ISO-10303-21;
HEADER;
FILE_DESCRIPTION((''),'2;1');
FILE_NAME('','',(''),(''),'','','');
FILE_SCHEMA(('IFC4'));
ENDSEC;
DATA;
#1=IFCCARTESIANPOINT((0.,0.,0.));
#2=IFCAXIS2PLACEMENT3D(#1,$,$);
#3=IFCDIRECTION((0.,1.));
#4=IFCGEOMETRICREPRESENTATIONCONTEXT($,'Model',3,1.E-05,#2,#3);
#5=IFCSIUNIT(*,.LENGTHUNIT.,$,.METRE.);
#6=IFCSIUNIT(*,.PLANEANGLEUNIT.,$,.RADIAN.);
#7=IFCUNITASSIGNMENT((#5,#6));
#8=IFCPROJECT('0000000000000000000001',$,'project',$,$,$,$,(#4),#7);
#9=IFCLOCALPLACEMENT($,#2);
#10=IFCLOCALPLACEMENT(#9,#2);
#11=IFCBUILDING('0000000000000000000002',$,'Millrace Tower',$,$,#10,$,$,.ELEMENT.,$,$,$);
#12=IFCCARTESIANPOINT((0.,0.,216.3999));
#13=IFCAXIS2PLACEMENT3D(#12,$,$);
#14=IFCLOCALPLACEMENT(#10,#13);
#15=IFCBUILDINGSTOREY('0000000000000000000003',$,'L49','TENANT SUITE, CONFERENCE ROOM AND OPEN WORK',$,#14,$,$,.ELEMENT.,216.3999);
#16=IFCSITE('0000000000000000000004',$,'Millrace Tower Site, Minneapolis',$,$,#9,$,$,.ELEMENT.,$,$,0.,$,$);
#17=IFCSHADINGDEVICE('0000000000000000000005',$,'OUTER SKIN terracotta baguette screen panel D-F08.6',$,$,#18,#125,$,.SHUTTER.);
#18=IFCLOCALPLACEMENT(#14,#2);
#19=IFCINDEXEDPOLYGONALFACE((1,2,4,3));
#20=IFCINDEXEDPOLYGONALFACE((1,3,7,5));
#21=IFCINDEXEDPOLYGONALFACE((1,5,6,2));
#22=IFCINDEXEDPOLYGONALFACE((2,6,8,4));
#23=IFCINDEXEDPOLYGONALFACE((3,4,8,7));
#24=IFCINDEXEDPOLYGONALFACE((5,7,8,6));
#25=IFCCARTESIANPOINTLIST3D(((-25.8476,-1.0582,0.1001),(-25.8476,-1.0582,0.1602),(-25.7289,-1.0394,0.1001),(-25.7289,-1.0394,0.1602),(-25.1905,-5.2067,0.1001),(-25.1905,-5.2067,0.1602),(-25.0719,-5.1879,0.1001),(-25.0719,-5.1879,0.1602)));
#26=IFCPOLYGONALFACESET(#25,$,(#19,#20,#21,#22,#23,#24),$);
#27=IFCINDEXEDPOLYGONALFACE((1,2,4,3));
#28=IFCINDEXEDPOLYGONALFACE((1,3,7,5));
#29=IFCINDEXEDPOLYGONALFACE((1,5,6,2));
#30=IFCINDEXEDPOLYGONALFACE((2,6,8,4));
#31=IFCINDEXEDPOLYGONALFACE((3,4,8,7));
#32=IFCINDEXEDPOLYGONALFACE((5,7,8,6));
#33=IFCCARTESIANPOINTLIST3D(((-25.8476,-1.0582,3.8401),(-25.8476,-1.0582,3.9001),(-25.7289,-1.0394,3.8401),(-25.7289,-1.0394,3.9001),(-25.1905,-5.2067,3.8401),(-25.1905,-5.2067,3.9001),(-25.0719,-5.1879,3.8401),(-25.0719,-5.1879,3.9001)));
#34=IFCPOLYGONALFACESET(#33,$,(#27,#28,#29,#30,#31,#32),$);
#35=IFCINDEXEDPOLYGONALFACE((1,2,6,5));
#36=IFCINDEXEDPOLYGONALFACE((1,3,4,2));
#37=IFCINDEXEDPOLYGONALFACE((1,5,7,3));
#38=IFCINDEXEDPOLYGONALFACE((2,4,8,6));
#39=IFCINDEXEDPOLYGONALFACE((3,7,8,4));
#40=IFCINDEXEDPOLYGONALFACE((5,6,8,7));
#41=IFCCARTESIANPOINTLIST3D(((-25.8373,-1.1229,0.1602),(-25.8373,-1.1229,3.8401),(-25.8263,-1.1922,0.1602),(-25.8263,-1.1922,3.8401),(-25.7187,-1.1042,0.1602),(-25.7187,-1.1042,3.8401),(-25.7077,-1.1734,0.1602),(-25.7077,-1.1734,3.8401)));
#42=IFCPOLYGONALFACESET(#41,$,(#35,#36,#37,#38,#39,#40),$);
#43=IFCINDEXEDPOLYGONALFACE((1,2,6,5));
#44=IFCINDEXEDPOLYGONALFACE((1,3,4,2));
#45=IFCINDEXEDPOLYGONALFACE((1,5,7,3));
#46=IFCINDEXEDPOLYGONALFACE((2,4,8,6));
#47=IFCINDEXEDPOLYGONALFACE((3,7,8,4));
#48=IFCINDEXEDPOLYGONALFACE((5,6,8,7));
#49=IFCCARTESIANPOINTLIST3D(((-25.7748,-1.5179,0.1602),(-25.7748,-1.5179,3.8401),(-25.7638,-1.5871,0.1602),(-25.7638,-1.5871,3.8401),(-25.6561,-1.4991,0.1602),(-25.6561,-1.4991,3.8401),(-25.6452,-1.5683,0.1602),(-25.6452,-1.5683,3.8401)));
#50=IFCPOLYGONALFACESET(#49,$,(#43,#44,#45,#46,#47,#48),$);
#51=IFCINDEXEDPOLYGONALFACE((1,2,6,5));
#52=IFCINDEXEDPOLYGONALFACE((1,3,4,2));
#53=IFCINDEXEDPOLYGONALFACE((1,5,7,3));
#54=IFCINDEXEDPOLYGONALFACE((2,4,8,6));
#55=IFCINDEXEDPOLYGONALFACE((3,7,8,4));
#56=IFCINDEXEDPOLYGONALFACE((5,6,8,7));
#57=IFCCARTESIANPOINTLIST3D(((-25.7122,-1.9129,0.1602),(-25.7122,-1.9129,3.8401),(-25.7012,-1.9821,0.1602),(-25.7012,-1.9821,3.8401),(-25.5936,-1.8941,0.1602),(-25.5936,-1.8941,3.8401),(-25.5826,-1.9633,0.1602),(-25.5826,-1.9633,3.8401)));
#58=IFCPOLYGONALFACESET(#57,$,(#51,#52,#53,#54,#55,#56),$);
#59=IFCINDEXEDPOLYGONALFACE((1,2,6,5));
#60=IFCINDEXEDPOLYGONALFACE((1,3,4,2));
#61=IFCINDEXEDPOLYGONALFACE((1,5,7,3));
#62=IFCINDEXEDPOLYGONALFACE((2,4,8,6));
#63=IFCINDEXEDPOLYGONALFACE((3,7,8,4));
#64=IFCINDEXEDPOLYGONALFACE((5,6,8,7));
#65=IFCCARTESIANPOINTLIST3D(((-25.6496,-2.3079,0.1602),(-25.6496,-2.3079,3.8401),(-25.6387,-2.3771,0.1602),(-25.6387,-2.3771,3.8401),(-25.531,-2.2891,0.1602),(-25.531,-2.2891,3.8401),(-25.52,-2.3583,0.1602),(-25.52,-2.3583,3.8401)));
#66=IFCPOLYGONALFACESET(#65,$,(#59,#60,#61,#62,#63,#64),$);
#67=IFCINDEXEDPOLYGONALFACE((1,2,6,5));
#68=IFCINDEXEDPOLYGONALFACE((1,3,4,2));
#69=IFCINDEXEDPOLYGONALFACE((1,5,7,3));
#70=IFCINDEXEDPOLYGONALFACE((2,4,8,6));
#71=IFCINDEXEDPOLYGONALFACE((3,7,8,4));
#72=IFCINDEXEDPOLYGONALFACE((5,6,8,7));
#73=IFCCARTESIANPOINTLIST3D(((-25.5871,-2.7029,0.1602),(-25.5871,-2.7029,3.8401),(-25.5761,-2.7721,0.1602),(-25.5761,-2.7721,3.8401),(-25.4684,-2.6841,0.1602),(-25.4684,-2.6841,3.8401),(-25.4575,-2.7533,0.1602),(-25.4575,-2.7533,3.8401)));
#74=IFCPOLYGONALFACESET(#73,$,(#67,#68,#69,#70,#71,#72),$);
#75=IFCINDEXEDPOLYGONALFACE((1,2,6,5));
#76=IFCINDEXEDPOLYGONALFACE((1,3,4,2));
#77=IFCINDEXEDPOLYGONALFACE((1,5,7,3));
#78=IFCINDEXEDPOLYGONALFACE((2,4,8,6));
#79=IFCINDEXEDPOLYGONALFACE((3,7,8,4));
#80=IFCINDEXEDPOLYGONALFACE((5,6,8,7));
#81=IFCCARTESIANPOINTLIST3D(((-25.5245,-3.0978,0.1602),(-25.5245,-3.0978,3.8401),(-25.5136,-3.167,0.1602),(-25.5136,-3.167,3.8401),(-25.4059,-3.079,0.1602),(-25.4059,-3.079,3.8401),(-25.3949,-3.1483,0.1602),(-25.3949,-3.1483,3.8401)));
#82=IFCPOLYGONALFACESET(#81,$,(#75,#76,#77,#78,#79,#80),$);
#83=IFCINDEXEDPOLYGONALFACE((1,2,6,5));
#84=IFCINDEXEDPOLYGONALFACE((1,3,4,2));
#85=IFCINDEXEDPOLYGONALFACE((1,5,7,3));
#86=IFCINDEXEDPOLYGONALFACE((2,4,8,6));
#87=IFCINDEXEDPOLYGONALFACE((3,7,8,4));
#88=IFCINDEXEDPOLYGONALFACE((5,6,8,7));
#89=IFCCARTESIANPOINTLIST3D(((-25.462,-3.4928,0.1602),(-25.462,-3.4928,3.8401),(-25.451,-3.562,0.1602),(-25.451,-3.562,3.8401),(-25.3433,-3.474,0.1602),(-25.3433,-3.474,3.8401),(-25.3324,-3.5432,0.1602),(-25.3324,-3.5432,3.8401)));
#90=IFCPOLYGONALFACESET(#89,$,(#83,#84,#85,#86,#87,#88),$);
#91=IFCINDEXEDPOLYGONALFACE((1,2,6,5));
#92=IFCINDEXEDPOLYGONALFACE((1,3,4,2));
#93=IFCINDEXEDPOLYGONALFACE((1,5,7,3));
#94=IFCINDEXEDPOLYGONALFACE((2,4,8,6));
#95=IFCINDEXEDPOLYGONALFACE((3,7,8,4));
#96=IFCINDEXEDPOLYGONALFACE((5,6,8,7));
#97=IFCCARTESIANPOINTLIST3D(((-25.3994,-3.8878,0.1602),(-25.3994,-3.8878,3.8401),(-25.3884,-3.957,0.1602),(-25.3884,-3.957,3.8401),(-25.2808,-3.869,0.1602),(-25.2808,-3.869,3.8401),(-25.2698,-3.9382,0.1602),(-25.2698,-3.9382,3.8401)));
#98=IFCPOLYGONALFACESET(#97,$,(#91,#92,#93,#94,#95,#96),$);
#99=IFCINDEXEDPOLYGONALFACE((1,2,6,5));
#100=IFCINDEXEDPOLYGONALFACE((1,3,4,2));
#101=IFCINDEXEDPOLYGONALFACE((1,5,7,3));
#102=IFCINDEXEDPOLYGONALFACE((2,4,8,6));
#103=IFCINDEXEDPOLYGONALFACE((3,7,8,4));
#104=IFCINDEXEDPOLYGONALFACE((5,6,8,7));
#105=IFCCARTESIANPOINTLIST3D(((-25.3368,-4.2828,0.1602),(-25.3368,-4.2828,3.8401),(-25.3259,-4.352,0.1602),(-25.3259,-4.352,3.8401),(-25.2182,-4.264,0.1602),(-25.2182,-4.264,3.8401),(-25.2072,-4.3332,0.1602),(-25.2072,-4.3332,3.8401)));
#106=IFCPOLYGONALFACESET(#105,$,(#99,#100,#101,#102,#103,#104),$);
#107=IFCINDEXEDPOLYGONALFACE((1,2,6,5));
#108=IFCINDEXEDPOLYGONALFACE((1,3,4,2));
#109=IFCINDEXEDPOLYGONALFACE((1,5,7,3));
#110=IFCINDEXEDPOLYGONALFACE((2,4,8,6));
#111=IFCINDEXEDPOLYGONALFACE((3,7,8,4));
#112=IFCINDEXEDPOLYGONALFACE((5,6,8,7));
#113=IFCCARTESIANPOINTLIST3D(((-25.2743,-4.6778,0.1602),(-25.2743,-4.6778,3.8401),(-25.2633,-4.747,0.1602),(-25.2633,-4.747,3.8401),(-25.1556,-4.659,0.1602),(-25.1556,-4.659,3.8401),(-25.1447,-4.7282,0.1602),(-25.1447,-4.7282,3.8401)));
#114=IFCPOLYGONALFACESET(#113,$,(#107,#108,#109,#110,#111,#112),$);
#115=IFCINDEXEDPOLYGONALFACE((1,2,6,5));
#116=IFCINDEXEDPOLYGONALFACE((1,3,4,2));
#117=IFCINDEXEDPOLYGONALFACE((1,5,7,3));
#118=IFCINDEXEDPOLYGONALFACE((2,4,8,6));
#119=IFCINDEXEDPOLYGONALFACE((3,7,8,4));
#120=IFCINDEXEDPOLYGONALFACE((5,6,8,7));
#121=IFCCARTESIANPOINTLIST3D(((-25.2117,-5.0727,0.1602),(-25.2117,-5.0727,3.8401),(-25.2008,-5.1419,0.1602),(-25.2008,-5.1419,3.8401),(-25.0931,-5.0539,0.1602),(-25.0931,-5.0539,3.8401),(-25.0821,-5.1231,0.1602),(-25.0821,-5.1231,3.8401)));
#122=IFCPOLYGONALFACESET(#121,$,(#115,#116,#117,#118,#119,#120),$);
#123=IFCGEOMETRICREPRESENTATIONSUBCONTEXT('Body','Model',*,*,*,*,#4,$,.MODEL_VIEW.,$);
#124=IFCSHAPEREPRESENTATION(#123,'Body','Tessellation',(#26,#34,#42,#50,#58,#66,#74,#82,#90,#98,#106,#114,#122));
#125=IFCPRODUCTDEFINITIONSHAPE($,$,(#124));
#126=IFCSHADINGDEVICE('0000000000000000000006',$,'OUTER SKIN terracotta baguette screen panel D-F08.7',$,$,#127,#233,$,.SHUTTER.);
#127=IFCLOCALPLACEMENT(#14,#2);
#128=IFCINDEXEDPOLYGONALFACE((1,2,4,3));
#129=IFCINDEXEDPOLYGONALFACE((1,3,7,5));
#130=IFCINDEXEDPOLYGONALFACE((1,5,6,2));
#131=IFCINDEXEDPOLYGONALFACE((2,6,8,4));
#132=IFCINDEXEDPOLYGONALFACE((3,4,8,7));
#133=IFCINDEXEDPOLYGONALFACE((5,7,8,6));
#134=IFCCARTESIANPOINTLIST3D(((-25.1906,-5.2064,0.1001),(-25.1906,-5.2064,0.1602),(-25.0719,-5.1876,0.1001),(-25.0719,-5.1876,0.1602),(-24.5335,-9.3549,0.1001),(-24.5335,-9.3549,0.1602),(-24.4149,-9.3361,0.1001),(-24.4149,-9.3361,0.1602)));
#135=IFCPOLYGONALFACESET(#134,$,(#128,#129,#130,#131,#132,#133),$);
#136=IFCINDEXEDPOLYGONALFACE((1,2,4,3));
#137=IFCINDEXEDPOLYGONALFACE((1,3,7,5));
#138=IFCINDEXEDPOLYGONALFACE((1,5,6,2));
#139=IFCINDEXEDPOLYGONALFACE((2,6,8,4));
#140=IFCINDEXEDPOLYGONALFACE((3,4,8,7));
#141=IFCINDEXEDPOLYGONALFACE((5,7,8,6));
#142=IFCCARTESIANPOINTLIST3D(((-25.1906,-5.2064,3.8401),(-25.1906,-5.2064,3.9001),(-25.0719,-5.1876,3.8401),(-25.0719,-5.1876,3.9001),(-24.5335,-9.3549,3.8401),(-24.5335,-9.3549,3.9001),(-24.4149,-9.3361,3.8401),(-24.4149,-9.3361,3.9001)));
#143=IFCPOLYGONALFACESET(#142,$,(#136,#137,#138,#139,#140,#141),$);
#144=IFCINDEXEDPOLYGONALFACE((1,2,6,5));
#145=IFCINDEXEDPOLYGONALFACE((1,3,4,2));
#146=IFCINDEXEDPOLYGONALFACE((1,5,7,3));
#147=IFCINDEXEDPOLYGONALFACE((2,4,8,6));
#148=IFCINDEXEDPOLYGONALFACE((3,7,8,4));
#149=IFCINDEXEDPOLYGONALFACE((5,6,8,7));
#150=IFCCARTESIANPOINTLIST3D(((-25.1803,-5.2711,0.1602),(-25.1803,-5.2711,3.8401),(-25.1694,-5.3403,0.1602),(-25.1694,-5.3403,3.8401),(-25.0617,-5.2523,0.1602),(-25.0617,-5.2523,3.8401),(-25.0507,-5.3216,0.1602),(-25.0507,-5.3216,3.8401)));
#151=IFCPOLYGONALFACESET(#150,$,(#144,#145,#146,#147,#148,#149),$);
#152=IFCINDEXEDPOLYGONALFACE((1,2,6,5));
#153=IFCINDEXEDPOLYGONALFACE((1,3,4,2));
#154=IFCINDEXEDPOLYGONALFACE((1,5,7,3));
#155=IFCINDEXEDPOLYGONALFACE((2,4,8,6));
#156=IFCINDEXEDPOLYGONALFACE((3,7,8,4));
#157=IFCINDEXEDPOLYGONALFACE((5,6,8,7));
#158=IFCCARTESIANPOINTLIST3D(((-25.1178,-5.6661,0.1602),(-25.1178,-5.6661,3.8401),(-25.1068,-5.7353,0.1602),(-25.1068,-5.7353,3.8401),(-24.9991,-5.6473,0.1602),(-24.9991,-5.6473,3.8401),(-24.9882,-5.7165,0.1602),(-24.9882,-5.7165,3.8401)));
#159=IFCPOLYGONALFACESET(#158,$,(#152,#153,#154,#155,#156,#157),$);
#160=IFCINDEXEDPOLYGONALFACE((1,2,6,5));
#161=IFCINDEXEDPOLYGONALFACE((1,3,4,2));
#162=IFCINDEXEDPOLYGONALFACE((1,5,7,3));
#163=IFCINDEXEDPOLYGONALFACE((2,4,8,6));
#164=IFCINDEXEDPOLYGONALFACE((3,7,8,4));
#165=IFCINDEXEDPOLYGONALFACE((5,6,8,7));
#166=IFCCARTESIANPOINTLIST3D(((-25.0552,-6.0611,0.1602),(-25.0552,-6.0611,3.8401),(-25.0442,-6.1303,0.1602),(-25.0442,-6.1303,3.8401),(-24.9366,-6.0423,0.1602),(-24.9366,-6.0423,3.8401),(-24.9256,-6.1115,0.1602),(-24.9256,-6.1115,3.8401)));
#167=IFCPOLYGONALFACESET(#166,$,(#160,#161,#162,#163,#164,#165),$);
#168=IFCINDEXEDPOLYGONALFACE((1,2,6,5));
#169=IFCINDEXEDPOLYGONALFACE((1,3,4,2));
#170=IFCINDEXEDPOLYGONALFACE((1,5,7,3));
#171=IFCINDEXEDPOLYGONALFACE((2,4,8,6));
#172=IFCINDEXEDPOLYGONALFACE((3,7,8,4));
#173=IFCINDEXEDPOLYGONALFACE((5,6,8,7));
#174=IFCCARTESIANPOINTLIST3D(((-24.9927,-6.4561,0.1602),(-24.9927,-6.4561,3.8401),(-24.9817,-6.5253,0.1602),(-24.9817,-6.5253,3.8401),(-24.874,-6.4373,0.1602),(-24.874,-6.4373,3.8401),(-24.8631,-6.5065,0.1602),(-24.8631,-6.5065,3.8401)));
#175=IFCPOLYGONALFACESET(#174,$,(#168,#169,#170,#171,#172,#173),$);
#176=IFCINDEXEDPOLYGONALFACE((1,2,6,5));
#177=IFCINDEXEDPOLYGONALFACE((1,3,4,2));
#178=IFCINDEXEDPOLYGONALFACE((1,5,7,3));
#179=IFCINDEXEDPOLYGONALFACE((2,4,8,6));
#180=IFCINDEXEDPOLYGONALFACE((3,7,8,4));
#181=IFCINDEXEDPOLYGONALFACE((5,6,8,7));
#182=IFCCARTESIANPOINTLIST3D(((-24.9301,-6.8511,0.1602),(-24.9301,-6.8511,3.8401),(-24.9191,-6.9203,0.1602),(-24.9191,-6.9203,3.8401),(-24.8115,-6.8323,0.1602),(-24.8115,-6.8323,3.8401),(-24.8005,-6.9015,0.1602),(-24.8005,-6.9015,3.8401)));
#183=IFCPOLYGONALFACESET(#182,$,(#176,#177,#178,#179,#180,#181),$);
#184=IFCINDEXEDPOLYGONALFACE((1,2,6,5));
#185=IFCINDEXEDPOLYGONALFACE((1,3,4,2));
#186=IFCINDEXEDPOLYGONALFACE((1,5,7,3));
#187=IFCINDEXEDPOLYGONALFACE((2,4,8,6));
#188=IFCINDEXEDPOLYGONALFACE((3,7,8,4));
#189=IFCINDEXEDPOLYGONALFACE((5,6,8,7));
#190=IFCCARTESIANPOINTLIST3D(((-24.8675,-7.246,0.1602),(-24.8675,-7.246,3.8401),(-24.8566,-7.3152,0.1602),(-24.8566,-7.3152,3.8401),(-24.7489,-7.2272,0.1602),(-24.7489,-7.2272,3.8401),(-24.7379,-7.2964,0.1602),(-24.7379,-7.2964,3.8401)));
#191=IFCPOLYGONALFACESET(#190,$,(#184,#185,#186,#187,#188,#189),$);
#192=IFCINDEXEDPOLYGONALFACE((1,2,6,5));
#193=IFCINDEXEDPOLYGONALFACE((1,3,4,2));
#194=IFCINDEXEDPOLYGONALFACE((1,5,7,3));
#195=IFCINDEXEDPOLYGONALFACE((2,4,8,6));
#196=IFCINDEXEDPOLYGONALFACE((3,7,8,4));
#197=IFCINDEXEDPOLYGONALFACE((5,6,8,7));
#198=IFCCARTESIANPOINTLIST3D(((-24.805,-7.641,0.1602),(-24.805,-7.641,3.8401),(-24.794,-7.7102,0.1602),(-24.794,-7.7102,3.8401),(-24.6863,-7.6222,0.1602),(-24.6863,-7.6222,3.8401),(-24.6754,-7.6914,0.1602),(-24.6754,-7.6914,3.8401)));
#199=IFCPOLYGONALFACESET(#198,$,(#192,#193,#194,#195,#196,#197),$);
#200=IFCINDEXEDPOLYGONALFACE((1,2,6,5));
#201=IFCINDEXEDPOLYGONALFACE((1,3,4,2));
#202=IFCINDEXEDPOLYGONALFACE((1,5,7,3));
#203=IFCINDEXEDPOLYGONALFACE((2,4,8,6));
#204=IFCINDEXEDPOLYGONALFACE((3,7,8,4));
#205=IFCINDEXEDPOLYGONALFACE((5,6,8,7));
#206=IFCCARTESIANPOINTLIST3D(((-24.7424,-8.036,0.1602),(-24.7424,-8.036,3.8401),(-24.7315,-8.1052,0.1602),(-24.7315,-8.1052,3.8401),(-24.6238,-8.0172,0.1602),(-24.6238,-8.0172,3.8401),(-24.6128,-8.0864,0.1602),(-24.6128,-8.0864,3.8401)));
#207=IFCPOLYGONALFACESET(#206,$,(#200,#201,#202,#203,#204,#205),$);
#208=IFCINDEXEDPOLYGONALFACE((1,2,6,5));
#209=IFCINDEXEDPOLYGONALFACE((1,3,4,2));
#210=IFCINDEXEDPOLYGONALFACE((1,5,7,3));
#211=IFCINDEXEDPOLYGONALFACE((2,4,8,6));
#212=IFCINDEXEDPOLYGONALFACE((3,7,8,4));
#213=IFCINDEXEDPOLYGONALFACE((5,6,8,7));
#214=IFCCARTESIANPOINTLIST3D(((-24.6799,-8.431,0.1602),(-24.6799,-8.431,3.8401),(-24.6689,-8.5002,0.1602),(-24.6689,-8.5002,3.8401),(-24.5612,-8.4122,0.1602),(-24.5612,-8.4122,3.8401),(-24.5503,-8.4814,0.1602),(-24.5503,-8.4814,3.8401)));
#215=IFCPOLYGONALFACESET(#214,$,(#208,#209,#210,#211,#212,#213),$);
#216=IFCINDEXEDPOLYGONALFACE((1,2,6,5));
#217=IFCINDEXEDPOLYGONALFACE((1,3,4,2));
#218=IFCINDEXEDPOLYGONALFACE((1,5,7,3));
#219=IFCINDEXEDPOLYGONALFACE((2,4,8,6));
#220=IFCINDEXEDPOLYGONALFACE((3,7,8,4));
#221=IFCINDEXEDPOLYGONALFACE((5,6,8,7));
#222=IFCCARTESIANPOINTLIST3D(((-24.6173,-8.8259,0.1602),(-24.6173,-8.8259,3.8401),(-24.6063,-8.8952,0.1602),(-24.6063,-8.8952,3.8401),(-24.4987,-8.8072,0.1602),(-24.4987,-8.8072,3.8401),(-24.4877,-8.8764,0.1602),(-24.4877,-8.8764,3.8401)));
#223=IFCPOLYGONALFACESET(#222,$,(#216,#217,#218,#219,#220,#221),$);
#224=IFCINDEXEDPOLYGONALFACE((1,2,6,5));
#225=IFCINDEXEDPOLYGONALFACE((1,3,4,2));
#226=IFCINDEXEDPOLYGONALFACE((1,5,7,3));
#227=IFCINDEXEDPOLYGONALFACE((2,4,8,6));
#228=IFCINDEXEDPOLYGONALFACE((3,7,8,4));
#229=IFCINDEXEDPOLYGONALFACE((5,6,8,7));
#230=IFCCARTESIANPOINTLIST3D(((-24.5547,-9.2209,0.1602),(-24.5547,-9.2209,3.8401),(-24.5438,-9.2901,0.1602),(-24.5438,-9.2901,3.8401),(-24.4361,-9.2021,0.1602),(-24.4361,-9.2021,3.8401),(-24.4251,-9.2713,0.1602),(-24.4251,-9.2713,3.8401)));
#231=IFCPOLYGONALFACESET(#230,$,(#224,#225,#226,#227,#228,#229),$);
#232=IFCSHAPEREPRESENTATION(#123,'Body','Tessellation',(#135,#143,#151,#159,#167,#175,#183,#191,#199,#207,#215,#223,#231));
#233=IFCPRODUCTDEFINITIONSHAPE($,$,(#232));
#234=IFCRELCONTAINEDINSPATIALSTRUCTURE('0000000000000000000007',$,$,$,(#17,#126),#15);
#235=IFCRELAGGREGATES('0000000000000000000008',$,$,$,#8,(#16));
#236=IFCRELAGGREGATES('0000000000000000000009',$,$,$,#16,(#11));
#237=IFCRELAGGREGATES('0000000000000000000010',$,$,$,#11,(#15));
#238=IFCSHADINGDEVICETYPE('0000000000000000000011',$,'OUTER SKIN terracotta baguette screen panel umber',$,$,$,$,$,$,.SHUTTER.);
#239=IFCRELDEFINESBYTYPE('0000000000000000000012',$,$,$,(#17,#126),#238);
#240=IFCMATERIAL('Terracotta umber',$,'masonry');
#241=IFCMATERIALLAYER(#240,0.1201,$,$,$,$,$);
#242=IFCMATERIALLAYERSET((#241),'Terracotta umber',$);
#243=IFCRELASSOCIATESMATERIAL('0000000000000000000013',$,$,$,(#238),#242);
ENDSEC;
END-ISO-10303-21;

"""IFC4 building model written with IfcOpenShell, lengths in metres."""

from ifc_helpers import new_model, entity, si_unit, direction, frame, frame_2d, origin, origin_2d, place, context, subcontext, project, spatial, rectangle, extrude, source, transform, mapped, material, layer, layer_set, type_object, element, save


model = new_model("IFC4")

# Units and contexts
model_context = context("Model", 3, precision=1e-05, world=origin(), true_north=direction((0.0, 1.0)))
body_context = subcontext(model_context, "Body", "Model", "MODEL_VIEW")
ifc_project = project(units=[si_unit("LENGTHUNIT", "METRE"), si_unit("PLANEANGLEUNIT", "RADIAN")], contexts=[model_context])

# Site, building, storey
site_placement = place(None, origin())
site = spatial("IfcSite", under=ifc_project, at=site_placement, Name="Millrace Tower Site, Minneapolis", CompositionType="ELEMENT", RefElevation=0.0)
building_placement = place(site_placement, origin())
building = spatial("IfcBuilding", under=site, at=building_placement, Name="Millrace Tower", CompositionType="ELEMENT")
storey_placement = place(building_placement, frame((0.0, 0.0, 216.3999)))
storey = spatial("IfcBuildingStorey", under=building, at=storey_placement, Name="L49", Description="TENANT SUITE, CONFERENCE ROOM AND OPEN WORK", CompositionType="ELEMENT", Elevation=216.3999)

# Shading devices
ifc_material_1 = material(Name="Terracotta umber", Category="masonry")
ifc_layer_1 = layer(ifc_material_1, 0.1201)
ifc_layer_set_1 = layer_set([ifc_layer_1], Name="Terracotta umber")
shading_device_type = type_object("IfcShadingDeviceType", Name="OUTER SKIN terracotta baguette screen panel umber", PredefinedType="SHUTTER", material=ifc_layer_set_1)
cartesian_point = entity("IfcCartesianPoint", [-2.1001, 0.0601])
shared_polyline = entity("IfcPolyline", [cartesian_point, entity("IfcCartesianPoint", [2.1001, 0.0601]), entity("IfcCartesianPoint", [2.1001, -0.0601]), entity("IfcCartesianPoint", [-2.1001, -0.0601]), cartesian_point])
shared_shape = source(origin(), body_context, "Body", "SweptSolid", [
    entity("IfcExtrudedAreaSolid", entity("IfcArbitraryClosedProfileDef", "AREA", None, shared_polyline), entity("IfcAxis2Placement3D", entity("IfcCartesianPoint", [0.0, 0.0, 0.0])), entity("IfcDirection", [0.0, 0.0, 1.0]), 0.0601),
    entity("IfcExtrudedAreaSolid", entity("IfcArbitraryClosedProfileDef", "AREA", None, shared_polyline), entity("IfcAxis2Placement3D", entity("IfcCartesianPoint", [0.0, 0.0, 3.74])), entity("IfcDirection", [0.0, 0.0, 1.0]), 0.0601),
    extrude(rectangle(XDim=0.0701, YDim=0.1201, at=frame_2d((-1.9995, 0.0))), frame((0.0, 0.0, 0.0601)), (0.0, 0.0, 1.0), 3.6799),
    extrude(rectangle(XDim=0.0701, YDim=0.1201, at=frame_2d((-1.5996, 0.0))), frame((0.0, 0.0, 0.0601)), (0.0, 0.0, 1.0), 3.6799),
    extrude(rectangle(XDim=0.0701, YDim=0.1201, at=frame_2d((-1.1997, 0.0))), frame((0.0, 0.0, 0.0601)), (0.0, 0.0, 1.0), 3.6799),
    extrude(rectangle(XDim=0.0701, YDim=0.1201, at=frame_2d((-0.7998, 0.0))), frame((0.0, 0.0, 0.0601)), (0.0, 0.0, 1.0), 3.6799),
    extrude(rectangle(XDim=0.0701, YDim=0.1201, at=frame_2d((-0.3999, 0.0))), frame((0.0, 0.0, 0.0601)), (0.0, 0.0, 1.0), 3.6799),
    extrude(rectangle(XDim=0.0701, YDim=0.1201, at=origin_2d()), frame((0.0, 0.0, 0.0601)), (0.0, 0.0, 1.0), 3.6799),
    extrude(rectangle(XDim=0.0701, YDim=0.1201, at=frame_2d((0.3999, 0.0))), frame((0.0, 0.0, 0.0601)), (0.0, 0.0, 1.0), 3.6799),
    extrude(rectangle(XDim=0.0701, YDim=0.1201, at=frame_2d((0.7998, 0.0))), frame((0.0, 0.0, 0.0601)), (0.0, 0.0, 1.0), 3.6799),
    extrude(rectangle(XDim=0.0701, YDim=0.1201, at=frame_2d((1.1997, 0.0))), frame((0.0, 0.0, 0.0601)), (0.0, 0.0, 1.0), 3.6799),
    extrude(rectangle(XDim=0.0701, YDim=0.1201, at=frame_2d((1.5996, 0.0))), frame((0.0, 0.0, 0.0601)), (0.0, 0.0, 1.0), 3.6799),
    extrude(rectangle(XDim=0.0701, YDim=0.1201, at=frame_2d((1.9995, 0.0))), frame((0.0, 0.0, 0.0601)), (0.0, 0.0, 1.0), 3.6799),
])
for number, where, z_axis, x_axis, name in (
    (1, (-25.4597, -3.123, 0.1001), (0.0, 0.0, 1.0), (0.156434, -0.987688, 0.0), "OUTER SKIN terracotta baguette screen panel D-F08.6"),
    (2, (-24.8027, -7.2712, 0.1001), (0.0, 0.0, 1.0), (0.156434, -0.987688, 0.0), "OUTER SKIN terracotta baguette screen panel D-F08.7"),
):
    element("IfcShadingDevice", number, at=place(storey_placement, frame(where, z_axis=z_axis, x_axis=x_axis)), inside=storey, type_object=shading_device_type, Name=name, PredefinedType="SHUTTER", context=body_context, shape_type="MappedRepresentation", body=[
        mapped(shared_shape, transform((0.0, 0.0, 0.0), scale=1.0)),
    ])

save(model, "model.ifc")
